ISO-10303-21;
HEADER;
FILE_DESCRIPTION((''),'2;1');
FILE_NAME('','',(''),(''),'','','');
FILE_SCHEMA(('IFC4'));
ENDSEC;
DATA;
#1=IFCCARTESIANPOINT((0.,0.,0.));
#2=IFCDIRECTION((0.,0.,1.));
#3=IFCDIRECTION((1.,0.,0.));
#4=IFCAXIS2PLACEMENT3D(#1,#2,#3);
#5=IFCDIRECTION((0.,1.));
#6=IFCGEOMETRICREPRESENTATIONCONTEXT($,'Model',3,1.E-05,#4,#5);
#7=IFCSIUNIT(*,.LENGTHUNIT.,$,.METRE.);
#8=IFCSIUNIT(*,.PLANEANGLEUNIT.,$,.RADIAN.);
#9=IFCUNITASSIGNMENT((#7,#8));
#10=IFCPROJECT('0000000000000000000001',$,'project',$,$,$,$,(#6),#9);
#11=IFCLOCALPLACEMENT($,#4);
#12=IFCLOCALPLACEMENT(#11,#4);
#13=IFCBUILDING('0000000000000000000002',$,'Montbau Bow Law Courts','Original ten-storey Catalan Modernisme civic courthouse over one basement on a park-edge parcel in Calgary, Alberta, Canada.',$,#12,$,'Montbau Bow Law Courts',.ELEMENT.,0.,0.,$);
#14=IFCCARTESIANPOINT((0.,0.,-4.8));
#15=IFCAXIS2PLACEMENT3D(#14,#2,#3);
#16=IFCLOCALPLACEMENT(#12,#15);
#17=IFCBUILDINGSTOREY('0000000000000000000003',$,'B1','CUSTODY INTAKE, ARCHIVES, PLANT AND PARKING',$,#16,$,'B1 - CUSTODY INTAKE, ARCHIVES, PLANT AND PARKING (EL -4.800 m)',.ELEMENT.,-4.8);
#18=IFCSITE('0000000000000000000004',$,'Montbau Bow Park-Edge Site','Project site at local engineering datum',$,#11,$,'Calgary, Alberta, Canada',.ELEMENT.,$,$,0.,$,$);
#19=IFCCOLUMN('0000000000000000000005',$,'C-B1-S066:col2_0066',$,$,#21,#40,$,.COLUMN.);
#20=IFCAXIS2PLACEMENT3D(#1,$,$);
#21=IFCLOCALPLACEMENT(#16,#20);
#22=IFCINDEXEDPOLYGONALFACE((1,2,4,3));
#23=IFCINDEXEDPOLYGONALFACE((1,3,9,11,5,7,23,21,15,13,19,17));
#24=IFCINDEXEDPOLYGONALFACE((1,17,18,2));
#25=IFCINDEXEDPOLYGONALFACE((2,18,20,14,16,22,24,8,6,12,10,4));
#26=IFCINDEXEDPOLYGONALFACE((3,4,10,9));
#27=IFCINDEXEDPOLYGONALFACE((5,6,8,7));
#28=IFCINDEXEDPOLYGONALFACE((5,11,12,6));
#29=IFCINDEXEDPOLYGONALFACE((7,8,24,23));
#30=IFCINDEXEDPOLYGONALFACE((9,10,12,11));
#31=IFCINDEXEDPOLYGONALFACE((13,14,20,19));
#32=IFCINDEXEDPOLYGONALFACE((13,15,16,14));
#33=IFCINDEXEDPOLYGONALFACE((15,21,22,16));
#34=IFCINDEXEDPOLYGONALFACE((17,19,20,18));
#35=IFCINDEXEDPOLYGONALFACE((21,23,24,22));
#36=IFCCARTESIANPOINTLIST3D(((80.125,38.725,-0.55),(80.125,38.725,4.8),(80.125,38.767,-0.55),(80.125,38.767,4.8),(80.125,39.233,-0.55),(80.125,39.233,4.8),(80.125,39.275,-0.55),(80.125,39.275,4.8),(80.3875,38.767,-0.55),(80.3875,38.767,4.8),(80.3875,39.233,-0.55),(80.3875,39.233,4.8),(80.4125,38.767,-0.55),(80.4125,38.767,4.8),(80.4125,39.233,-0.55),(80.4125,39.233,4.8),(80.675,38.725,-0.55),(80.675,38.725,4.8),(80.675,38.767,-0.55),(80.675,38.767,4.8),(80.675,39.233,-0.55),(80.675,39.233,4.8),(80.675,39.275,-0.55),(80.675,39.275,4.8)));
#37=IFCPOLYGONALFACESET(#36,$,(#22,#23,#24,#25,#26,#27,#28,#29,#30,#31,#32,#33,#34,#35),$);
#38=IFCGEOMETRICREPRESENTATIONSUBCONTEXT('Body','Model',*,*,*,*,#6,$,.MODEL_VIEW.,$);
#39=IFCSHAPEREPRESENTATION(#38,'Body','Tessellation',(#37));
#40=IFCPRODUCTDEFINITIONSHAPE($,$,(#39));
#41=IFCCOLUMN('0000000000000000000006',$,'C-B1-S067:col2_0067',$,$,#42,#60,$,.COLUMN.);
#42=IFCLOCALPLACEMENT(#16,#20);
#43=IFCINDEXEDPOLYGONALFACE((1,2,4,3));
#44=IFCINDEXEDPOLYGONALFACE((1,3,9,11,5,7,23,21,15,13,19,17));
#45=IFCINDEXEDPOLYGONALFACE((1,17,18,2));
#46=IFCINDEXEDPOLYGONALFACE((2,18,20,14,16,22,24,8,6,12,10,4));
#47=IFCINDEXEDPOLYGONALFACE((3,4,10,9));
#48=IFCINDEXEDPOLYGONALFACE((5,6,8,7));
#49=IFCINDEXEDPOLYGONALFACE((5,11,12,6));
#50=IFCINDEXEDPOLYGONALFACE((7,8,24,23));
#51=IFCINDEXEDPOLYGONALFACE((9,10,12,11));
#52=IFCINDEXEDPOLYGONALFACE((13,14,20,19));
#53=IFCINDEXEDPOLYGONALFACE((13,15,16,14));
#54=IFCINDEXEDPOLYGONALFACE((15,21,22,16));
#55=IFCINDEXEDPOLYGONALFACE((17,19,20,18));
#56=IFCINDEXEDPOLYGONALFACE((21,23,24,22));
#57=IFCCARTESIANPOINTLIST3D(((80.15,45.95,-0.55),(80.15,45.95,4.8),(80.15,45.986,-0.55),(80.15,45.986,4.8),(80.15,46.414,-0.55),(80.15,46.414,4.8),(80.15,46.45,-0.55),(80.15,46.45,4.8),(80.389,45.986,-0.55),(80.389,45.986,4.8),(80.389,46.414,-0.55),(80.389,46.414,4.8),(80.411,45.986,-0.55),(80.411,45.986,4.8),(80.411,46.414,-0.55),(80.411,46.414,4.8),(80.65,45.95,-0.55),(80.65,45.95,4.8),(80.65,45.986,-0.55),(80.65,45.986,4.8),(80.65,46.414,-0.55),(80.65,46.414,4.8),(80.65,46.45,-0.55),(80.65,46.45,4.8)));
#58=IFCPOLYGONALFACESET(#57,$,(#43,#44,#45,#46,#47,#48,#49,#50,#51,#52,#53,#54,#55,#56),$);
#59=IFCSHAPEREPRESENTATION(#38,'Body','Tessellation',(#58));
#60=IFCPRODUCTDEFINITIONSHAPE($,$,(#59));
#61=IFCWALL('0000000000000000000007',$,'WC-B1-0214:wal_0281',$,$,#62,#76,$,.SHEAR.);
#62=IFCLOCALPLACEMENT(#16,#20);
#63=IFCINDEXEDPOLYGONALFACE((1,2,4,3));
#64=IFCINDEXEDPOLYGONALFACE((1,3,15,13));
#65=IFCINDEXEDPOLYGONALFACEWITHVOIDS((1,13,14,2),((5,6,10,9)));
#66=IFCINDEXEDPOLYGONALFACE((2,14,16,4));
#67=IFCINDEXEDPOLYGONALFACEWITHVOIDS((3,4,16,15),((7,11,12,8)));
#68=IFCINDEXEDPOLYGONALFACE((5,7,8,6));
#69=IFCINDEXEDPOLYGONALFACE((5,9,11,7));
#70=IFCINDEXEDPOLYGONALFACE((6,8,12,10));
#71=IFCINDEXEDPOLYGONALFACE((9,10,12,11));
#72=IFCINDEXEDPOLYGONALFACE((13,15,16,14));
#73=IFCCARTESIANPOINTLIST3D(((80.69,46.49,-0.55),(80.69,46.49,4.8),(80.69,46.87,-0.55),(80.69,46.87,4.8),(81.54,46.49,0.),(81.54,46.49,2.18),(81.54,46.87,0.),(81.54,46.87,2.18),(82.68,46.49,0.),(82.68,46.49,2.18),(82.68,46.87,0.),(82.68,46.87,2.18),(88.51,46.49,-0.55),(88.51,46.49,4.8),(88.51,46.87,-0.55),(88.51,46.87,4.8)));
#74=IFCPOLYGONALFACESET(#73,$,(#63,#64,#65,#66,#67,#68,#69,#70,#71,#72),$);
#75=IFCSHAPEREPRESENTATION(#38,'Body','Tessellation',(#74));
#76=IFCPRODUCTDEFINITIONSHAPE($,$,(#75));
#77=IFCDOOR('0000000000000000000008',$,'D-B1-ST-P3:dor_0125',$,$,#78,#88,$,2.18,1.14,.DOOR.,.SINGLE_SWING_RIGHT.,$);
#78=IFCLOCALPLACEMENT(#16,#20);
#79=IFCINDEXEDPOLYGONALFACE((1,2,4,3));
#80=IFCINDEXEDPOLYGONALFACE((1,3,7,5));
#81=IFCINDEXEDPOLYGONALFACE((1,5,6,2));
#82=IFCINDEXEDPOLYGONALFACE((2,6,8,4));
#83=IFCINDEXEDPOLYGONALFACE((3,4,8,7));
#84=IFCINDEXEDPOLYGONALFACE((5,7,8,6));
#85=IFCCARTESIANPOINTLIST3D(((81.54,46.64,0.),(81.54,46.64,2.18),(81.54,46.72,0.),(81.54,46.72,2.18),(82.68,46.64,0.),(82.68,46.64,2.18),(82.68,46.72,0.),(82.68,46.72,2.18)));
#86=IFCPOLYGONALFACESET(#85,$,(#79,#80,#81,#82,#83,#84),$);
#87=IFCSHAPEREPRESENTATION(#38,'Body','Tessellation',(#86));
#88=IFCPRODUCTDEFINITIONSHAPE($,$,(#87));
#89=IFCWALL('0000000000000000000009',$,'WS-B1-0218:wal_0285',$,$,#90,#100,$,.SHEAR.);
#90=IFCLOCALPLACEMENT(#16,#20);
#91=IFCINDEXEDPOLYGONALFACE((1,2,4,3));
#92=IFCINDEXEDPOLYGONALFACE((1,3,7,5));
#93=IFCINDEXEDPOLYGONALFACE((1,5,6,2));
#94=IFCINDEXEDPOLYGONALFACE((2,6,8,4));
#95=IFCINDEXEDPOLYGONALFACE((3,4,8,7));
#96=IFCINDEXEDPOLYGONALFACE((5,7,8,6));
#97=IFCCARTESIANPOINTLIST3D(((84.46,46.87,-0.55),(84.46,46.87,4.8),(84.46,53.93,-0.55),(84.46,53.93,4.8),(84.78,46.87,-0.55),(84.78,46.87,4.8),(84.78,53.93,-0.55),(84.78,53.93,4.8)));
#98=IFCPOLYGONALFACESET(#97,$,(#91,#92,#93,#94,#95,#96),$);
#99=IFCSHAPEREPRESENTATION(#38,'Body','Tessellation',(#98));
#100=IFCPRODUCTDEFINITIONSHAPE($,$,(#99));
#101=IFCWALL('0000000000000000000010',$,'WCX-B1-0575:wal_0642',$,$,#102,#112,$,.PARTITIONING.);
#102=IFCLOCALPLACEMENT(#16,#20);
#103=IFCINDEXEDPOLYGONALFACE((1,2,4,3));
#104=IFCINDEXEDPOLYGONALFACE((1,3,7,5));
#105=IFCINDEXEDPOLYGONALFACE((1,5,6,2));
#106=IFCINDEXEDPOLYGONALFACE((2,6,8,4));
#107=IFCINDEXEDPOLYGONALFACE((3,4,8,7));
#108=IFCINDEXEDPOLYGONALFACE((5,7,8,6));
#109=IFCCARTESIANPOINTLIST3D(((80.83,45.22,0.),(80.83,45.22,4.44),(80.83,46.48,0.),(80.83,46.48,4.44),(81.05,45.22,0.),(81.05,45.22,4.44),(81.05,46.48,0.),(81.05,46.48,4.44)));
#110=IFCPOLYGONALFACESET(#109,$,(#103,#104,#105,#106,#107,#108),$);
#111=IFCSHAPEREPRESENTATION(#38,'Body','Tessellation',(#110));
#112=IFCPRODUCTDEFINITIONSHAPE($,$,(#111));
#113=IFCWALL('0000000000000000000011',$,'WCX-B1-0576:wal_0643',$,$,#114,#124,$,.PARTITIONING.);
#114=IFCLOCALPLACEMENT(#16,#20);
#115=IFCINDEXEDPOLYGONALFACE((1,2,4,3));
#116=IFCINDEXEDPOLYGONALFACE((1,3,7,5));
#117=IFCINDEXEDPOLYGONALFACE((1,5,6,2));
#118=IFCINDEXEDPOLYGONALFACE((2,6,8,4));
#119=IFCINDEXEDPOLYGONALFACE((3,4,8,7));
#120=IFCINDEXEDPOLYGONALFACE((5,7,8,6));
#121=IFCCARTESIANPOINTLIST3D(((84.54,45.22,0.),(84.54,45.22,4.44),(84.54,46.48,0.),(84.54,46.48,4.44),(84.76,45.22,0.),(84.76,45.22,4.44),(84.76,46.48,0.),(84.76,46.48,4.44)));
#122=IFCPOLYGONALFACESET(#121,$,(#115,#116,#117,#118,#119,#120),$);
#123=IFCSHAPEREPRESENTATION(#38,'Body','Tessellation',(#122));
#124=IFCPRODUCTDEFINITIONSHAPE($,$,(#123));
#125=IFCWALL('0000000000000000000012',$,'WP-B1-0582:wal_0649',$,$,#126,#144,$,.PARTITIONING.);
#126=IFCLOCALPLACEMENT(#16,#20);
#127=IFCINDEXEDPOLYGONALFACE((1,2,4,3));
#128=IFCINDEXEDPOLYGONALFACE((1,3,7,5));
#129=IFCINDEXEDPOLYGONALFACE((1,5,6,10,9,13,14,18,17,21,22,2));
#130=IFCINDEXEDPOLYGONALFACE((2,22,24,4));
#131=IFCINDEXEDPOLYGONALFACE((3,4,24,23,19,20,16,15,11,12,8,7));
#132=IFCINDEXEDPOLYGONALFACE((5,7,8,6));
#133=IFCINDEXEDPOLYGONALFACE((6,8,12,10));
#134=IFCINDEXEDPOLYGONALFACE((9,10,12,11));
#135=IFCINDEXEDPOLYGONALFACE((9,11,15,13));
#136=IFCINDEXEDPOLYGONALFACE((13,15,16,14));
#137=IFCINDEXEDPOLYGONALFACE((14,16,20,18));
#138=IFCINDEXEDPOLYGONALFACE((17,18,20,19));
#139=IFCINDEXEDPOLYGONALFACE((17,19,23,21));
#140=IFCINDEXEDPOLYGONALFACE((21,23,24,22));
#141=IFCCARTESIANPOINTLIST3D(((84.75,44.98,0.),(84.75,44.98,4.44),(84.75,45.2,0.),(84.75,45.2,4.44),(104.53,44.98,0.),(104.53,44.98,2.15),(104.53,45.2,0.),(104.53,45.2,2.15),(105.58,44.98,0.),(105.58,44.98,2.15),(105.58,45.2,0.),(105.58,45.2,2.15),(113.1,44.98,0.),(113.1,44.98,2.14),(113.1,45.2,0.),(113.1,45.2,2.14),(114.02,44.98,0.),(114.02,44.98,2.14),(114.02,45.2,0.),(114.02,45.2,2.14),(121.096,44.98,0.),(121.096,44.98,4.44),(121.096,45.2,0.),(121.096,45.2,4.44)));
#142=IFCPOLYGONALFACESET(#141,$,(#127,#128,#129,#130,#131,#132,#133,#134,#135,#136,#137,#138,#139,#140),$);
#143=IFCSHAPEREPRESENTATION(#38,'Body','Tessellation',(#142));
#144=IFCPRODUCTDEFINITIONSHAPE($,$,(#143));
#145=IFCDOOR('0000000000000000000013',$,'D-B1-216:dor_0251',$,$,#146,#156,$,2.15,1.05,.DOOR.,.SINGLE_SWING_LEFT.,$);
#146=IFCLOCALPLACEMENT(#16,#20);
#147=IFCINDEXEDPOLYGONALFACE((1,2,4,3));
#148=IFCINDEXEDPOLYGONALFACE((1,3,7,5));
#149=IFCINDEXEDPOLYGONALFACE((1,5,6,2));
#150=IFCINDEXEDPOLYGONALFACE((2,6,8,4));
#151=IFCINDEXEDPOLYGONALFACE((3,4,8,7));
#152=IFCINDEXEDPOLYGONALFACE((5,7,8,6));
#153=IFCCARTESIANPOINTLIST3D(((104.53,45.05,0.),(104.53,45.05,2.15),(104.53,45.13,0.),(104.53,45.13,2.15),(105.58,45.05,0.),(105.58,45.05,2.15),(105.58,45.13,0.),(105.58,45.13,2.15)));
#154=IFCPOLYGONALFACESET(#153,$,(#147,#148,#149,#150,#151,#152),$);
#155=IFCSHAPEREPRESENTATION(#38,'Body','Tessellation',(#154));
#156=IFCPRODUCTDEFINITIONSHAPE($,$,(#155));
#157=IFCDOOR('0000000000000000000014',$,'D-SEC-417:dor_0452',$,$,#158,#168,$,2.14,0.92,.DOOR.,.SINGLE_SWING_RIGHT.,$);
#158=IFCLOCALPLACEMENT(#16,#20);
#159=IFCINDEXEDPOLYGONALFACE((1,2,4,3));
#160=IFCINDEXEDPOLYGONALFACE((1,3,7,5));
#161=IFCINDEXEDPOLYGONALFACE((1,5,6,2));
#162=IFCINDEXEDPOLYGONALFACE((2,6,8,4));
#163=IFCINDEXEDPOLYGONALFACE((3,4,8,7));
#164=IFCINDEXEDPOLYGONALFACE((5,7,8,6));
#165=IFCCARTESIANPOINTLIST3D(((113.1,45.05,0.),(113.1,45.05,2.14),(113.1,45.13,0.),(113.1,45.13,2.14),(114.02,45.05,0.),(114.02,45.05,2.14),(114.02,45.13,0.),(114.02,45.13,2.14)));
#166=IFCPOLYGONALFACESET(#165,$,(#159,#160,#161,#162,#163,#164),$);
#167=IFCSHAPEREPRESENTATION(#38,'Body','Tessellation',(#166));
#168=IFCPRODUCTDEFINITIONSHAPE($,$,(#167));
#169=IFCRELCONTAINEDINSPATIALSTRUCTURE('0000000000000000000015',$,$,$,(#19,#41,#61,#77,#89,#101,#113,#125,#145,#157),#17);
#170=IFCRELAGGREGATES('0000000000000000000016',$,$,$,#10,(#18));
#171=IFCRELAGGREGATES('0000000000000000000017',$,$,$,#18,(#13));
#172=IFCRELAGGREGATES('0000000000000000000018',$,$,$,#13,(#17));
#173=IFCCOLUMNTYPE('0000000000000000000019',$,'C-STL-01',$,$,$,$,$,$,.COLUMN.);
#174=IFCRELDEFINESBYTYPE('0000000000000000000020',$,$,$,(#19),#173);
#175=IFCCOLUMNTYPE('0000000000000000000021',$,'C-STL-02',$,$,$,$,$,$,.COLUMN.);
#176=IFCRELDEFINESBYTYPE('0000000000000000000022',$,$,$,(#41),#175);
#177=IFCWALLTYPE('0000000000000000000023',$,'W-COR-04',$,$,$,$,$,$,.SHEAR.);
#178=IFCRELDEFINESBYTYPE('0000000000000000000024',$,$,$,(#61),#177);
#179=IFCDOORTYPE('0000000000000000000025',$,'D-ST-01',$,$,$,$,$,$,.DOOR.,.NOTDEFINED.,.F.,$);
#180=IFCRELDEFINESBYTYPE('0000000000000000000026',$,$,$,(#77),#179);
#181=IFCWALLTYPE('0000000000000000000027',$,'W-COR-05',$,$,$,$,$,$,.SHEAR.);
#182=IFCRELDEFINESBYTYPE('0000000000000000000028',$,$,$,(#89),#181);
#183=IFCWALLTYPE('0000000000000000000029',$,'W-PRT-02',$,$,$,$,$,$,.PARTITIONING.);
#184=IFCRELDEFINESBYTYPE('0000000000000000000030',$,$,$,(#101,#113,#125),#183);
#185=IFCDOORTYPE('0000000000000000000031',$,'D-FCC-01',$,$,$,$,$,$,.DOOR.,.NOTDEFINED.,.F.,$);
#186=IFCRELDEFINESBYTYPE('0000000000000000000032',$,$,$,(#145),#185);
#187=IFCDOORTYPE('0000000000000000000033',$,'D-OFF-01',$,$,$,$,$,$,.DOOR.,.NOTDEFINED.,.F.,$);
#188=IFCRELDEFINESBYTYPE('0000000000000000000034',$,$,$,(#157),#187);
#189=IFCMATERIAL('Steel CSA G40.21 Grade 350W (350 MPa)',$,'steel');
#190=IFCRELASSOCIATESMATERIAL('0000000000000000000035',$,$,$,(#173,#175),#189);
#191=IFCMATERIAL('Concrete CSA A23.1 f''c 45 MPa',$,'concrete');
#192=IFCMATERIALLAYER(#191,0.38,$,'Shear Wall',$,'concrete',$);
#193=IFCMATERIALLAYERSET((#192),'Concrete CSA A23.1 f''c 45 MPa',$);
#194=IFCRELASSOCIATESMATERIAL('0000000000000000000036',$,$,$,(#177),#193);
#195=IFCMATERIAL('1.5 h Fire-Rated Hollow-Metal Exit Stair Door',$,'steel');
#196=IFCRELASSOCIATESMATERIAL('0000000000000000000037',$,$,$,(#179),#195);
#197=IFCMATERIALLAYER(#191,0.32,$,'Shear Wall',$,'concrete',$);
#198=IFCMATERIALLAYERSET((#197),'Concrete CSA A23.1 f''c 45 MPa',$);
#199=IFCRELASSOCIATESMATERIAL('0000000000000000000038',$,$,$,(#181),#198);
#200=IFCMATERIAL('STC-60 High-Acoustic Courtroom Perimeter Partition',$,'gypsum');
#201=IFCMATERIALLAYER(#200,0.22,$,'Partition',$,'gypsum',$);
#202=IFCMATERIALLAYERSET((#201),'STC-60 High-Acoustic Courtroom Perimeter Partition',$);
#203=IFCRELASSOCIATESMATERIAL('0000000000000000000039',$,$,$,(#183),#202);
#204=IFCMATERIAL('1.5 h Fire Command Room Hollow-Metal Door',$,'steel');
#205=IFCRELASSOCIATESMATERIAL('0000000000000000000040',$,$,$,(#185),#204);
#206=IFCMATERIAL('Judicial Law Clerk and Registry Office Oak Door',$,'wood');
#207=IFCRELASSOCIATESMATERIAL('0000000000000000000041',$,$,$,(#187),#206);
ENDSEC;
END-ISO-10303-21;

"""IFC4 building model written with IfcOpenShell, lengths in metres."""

from ifc_helpers import new_model, si_unit, direction, frame, frame_2d, origin_with_axes, origin_2d_with_axis, place, context, subcontext, project, spatial, rectangle, i_section, extrude, material, layer, layer_set, material_profile, profile_set, type_object, element, fill, save


model = new_model("IFC4")

# Units and contexts
model_context = context("Model", 3, precision=1e-05, world=origin_with_axes(), true_north=direction((0.0, 1.0)))
body_context = subcontext(model_context, "Body", "Model", "MODEL_VIEW")
ifc_project = project(units=[si_unit("LENGTHUNIT", "METRE"), si_unit("PLANEANGLEUNIT", "RADIAN")], contexts=[model_context])

# Site, building, storey
site_placement = place(None, origin_with_axes())
site = spatial("IfcSite", under=ifc_project, at=site_placement, Name="Montbau Bow Park-Edge Site", Description="Project site at local engineering datum", LongName="Calgary, Alberta, Canada", CompositionType="ELEMENT", RefElevation=0.0)
building_placement = place(site_placement, origin_with_axes())
building = spatial("IfcBuilding", under=site, at=building_placement, Name="Montbau Bow Law Courts", Description="Original ten-storey Catalan Modernisme civic courthouse over one basement on a park-edge parcel in Calgary, Alberta, Canada.", LongName="Montbau Bow Law Courts", CompositionType="ELEMENT", ElevationOfRefHeight=0.0, ElevationOfTerrain=0.0)
storey_placement = place(building_placement, frame((0.0, 0.0, -4.8), z_axis=(0.0, 0.0, 1.0), x_axis=(1.0, 0.0, 0.0)))
storey = spatial("IfcBuildingStorey", under=building, at=storey_placement, Name="B1", Description="CUSTODY INTAKE, ARCHIVES, PLANT AND PARKING", LongName="B1 - CUSTODY INTAKE, ARCHIVES, PLANT AND PARKING (EL -4.800 m)", CompositionType="ELEMENT", Elevation=-4.8)

# Columns
ifc_material_1 = material(Name="Steel CSA G40.21 Grade 350W (350 MPa)", Category="steel")
ifc_material_profile_1 = material_profile(ifc_material_1, i_section(OverallWidth=0.55, OverallDepth=0.55, WebThickness=0.025, FlangeThickness=0.042, at=origin_2d_with_axis()), Name="WWF550X420", Category="Main", Priority=0)
ifc_profile_set_1 = profile_set([ifc_material_profile_1], Name="Steel CSA G40.21 Grade 350W (350 MPa)")
column_type_1 = type_object("IfcColumnType", Name="C-STL-01", PredefinedType="COLUMN", material=ifc_profile_set_1)
column_1_placement = place(None, frame((80.4, 39.0, -5.35), z_axis=(0.0, 0.0, 1.0), x_axis=(1.0, 0.0, 0.0)))
element("IfcColumn", 1, at=column_1_placement, inside=storey, type_object=column_type_1, Name="C-B1-S066:col2_0066", PredefinedType="COLUMN", context=body_context, shape_type="SweptSolid", body=[
    extrude(i_section(OverallWidth=0.55, OverallDepth=0.55, WebThickness=0.025, FlangeThickness=0.042, at=origin_2d_with_axis()), origin_with_axes(), (0.0, 0.0, 1.0), 5.35),
])
ifc_material_profile_2 = material_profile(ifc_material_1, i_section(OverallWidth=0.5, OverallDepth=0.5, WebThickness=0.022, FlangeThickness=0.036, at=origin_2d_with_axis()), Name="WWF500X343", Category="Main", Priority=0)
ifc_profile_set_2 = profile_set([ifc_material_profile_2], Name="Steel CSA G40.21 Grade 350W (350 MPa)")
column_type_2 = type_object("IfcColumnType", Name="C-STL-02", PredefinedType="COLUMN", material=ifc_profile_set_2)
column_2_placement = place(None, frame((80.4, 46.2, -5.35), z_axis=(0.0, 0.0, 1.0), x_axis=(1.0, 0.0, 0.0)))
element("IfcColumn", 2, at=column_2_placement, inside=storey, type_object=column_type_2, Name="C-B1-S067:col2_0067", PredefinedType="COLUMN", context=body_context, shape_type="SweptSolid", body=[
    extrude(i_section(OverallWidth=0.5, OverallDepth=0.5, WebThickness=0.022, FlangeThickness=0.036, at=origin_2d_with_axis()), origin_with_axes(), (0.0, 0.0, 1.0), 5.35),
])

# Wall, opening, door
ifc_material_2 = material(Name="Concrete CSA A23.1 f'c 45 MPa", Category="concrete")
ifc_layer_1 = layer(ifc_material_2, 0.38, Name="Shear Wall", Category="concrete")
ifc_layer_set_1 = layer_set([ifc_layer_1], Name="Concrete CSA A23.1 f'c 45 MPa")
wall_type_1 = type_object("IfcWallType", Name="W-COR-04", PredefinedType="SHEAR", material=ifc_layer_set_1)
wall_1_placement = place(None, frame((80.69, 46.68, -5.35), z_axis=(0.0, 0.0, 1.0), x_axis=(1.0, 0.0, 0.0)))
wall_1 = element("IfcWall", 3, at=wall_1_placement, inside=storey, type_object=wall_type_1, Name="WC-B1-0214:wal_0281", PredefinedType="SHEAR", context=body_context, shape_type="SweptSolid", body=[
    extrude(rectangle(XDim=7.82, YDim=0.38, at=frame_2d((3.91, 0.0), x_axis=(1.0, 0.0))), origin_with_axes(), (0.0, 0.0, 1.0), 5.35),
])
opening_1_placement = place(None, frame((82.11, 46.68, -4.8), z_axis=(0.0, 0.0, 1.0), x_axis=(1.0, 0.0, 0.0)))
opening_1 = element("IfcOpeningElement", 4, at=opening_1_placement, cuts=wall_1, PredefinedType="OPENING", context=body_context, shape_type="SweptSolid", body=[
    extrude(rectangle(XDim=1.14, YDim=2.18, at=frame_2d((0.0, 1.09), x_axis=(1.0, 0.0))), frame((0.0, 0.2, 0.0), z_axis=(0.0, -1.0, 0.0), x_axis=(1.0, 0.0, 0.0)), (0.0, 0.0, 1.0), 0.4),
])
ifc_material_3 = material(Name="1.5 h Fire-Rated Hollow-Metal Exit Stair Door", Category="steel")
door_type_1 = type_object("IfcDoorType", Name="D-ST-01", OperationType="NOTDEFINED", ParameterTakesPrecedence=False, PredefinedType="DOOR", material=ifc_material_3)
door_1_placement = place(None, frame((82.11, 46.68, -4.8), z_axis=(0.0, 0.0, 1.0), x_axis=(-1.0, 0.0, 0.0)))
door_1 = element("IfcDoor", 5, at=door_1_placement, inside=storey, type_object=door_type_1, Name="D-B1-ST-P3:dor_0125", OperationType="SINGLE_SWING_RIGHT", OverallHeight=2.18, OverallWidth=1.14, PredefinedType="DOOR", context=body_context, shape_type="SweptSolid", body=[
    extrude(rectangle(XDim=1.14, YDim=2.18, at=frame_2d((0.0, 1.09), x_axis=(1.0, 0.0))), frame((0.0, 0.04, 0.0), z_axis=(0.0, -1.0, 0.0), x_axis=(1.0, 0.0, 0.0)), (0.0, 0.0, 1.0), 0.08),
])
fill(opening_1, door_1)

# Walls
ifc_layer_2 = layer(ifc_material_2, 0.32, Name="Shear Wall", Category="concrete")
ifc_layer_set_2 = layer_set([ifc_layer_2], Name="Concrete CSA A23.1 f'c 45 MPa")
wall_type_2 = type_object("IfcWallType", Name="W-COR-05", PredefinedType="SHEAR", material=ifc_layer_set_2)
wall_2_placement = place(None, frame((84.62, 46.87, -5.35), z_axis=(0.0, 0.0, 1.0), x_axis=(0.0, 1.0, 0.0)))
element("IfcWall", 6, at=wall_2_placement, inside=storey, type_object=wall_type_2, Name="WS-B1-0218:wal_0285", PredefinedType="SHEAR", context=body_context, shape_type="SweptSolid", body=[
    extrude(rectangle(XDim=7.06, YDim=0.32, at=frame_2d((3.53, 0.0), x_axis=(1.0, 0.0))), origin_with_axes(), (0.0, 0.0, 1.0), 5.35),
])
ifc_material_4 = material(Name="STC-60 High-Acoustic Courtroom Perimeter Partition", Category="gypsum")
ifc_layer_3 = layer(ifc_material_4, 0.22, Name="Partition", Category="gypsum")
ifc_layer_set_3 = layer_set([ifc_layer_3], Name="STC-60 High-Acoustic Courtroom Perimeter Partition")
wall_type_3 = type_object("IfcWallType", Name="W-PRT-02", PredefinedType="PARTITIONING", material=ifc_layer_set_3)
for number, where, z_axis, x_axis, name in (
    (7, (80.94, 45.22, -4.8), (0.0, 0.0, 1.0), (0.0, 1.0, 0.0), "WCX-B1-0575:wal_0642"),
    (8, (84.65, 45.22, -4.8), (0.0, 0.0, 1.0), (0.0, 1.0, 0.0), "WCX-B1-0576:wal_0643"),
):
    element("IfcWall", number, at=place(None, frame(where, z_axis=z_axis, x_axis=x_axis)), inside=storey, type_object=wall_type_3, Name=name, PredefinedType="PARTITIONING", context=body_context, shape_type="SweptSolid", body=[
        extrude(rectangle(XDim=1.26, YDim=0.22, at=frame_2d((0.63, 0.0), x_axis=(1.0, 0.0))), origin_with_axes(), (0.0, 0.0, 1.0), 4.44),
    ])

# Wall, openings, doors
wall_3_placement = place(None, frame((84.75, 45.09, -4.8), z_axis=(0.0, 0.0, 1.0), x_axis=(1.0, 0.0, 0.0)))
wall_3 = element("IfcWall", 9, at=wall_3_placement, inside=storey, type_object=wall_type_3, Name="WP-B1-0582:wal_0649", PredefinedType="PARTITIONING", context=body_context, shape_type="SweptSolid", body=[
    extrude(rectangle(XDim=36.346, YDim=0.22, at=frame_2d((18.173, 0.0), x_axis=(1.0, 0.0))), origin_with_axes(), (0.0, 0.0, 1.0), 4.44),
])
opening_2_placement = place(None, frame((105.055, 45.09, -4.8), z_axis=(0.0, 0.0, 1.0), x_axis=(1.0, 0.0, 0.0)))
opening_2 = element("IfcOpeningElement", 10, at=opening_2_placement, cuts=wall_3, PredefinedType="OPENING", context=body_context, shape_type="SweptSolid", body=[
    extrude(rectangle(XDim=1.05, YDim=2.15, at=frame_2d((0.0, 1.075), x_axis=(1.0, 0.0))), frame((0.0, 0.12, 0.0), z_axis=(0.0, -1.0, 0.0), x_axis=(1.0, 0.0, 0.0)), (0.0, 0.0, 1.0), 0.24),
])
opening_3_placement = place(None, frame((113.56, 45.09, -4.8), z_axis=(0.0, 0.0, 1.0), x_axis=(1.0, 0.0, 0.0)))
opening_3 = element("IfcOpeningElement", 11, at=opening_3_placement, cuts=wall_3, PredefinedType="OPENING", context=body_context, shape_type="SweptSolid", body=[
    extrude(rectangle(XDim=0.92, YDim=2.14, at=frame_2d((0.0, 1.07), x_axis=(1.0, 0.0))), frame((0.0, 0.12, 0.0), z_axis=(0.0, -1.0, 0.0), x_axis=(1.0, 0.0, 0.0)), (0.0, 0.0, 1.0), 0.24),
])
ifc_material_5 = material(Name="1.5 h Fire Command Room Hollow-Metal Door", Category="steel")
door_type_2 = type_object("IfcDoorType", Name="D-FCC-01", OperationType="NOTDEFINED", ParameterTakesPrecedence=False, PredefinedType="DOOR", material=ifc_material_5)
door_2_placement = place(None, frame((105.055, 45.09, -4.8), z_axis=(0.0, 0.0, 1.0), x_axis=(-1.0, 0.0, 0.0)))
door_2 = element("IfcDoor", 12, at=door_2_placement, inside=storey, type_object=door_type_2, Name="D-B1-216:dor_0251", OperationType="SINGLE_SWING_LEFT", OverallHeight=2.15, OverallWidth=1.05, PredefinedType="DOOR", context=body_context, shape_type="SweptSolid", body=[
    extrude(rectangle(XDim=1.05, YDim=2.15, at=frame_2d((0.0, 1.075), x_axis=(1.0, 0.0))), frame((0.0, 0.04, 0.0), z_axis=(0.0, -1.0, 0.0), x_axis=(1.0, 0.0, 0.0)), (0.0, 0.0, 1.0), 0.08),
])
fill(opening_2, door_2)
ifc_material_6 = material(Name="Judicial Law Clerk and Registry Office Oak Door", Category="wood")
door_type_3 = type_object("IfcDoorType", Name="D-OFF-01", OperationType="NOTDEFINED", ParameterTakesPrecedence=False, PredefinedType="DOOR", material=ifc_material_6)
door_3_placement = place(None, frame((113.56, 45.09, -4.8), z_axis=(0.0, 0.0, 1.0), x_axis=(1.0, 0.0, 0.0)))
door_3 = element("IfcDoor", 13, at=door_3_placement, inside=storey, type_object=door_type_3, Name="D-SEC-417:dor_0452", OperationType="SINGLE_SWING_RIGHT", OverallHeight=2.14, OverallWidth=0.92, PredefinedType="DOOR", context=body_context, shape_type="SweptSolid", body=[
    extrude(rectangle(XDim=0.92, YDim=2.14, at=frame_2d((0.0, 1.07), x_axis=(1.0, 0.0))), frame((0.0, 0.04, 0.0), z_axis=(0.0, -1.0, 0.0), x_axis=(1.0, 0.0, 0.0)), (0.0, 0.0, 1.0), 0.08),
])
fill(opening_3, door_3)

save(model, "model.ifc")
